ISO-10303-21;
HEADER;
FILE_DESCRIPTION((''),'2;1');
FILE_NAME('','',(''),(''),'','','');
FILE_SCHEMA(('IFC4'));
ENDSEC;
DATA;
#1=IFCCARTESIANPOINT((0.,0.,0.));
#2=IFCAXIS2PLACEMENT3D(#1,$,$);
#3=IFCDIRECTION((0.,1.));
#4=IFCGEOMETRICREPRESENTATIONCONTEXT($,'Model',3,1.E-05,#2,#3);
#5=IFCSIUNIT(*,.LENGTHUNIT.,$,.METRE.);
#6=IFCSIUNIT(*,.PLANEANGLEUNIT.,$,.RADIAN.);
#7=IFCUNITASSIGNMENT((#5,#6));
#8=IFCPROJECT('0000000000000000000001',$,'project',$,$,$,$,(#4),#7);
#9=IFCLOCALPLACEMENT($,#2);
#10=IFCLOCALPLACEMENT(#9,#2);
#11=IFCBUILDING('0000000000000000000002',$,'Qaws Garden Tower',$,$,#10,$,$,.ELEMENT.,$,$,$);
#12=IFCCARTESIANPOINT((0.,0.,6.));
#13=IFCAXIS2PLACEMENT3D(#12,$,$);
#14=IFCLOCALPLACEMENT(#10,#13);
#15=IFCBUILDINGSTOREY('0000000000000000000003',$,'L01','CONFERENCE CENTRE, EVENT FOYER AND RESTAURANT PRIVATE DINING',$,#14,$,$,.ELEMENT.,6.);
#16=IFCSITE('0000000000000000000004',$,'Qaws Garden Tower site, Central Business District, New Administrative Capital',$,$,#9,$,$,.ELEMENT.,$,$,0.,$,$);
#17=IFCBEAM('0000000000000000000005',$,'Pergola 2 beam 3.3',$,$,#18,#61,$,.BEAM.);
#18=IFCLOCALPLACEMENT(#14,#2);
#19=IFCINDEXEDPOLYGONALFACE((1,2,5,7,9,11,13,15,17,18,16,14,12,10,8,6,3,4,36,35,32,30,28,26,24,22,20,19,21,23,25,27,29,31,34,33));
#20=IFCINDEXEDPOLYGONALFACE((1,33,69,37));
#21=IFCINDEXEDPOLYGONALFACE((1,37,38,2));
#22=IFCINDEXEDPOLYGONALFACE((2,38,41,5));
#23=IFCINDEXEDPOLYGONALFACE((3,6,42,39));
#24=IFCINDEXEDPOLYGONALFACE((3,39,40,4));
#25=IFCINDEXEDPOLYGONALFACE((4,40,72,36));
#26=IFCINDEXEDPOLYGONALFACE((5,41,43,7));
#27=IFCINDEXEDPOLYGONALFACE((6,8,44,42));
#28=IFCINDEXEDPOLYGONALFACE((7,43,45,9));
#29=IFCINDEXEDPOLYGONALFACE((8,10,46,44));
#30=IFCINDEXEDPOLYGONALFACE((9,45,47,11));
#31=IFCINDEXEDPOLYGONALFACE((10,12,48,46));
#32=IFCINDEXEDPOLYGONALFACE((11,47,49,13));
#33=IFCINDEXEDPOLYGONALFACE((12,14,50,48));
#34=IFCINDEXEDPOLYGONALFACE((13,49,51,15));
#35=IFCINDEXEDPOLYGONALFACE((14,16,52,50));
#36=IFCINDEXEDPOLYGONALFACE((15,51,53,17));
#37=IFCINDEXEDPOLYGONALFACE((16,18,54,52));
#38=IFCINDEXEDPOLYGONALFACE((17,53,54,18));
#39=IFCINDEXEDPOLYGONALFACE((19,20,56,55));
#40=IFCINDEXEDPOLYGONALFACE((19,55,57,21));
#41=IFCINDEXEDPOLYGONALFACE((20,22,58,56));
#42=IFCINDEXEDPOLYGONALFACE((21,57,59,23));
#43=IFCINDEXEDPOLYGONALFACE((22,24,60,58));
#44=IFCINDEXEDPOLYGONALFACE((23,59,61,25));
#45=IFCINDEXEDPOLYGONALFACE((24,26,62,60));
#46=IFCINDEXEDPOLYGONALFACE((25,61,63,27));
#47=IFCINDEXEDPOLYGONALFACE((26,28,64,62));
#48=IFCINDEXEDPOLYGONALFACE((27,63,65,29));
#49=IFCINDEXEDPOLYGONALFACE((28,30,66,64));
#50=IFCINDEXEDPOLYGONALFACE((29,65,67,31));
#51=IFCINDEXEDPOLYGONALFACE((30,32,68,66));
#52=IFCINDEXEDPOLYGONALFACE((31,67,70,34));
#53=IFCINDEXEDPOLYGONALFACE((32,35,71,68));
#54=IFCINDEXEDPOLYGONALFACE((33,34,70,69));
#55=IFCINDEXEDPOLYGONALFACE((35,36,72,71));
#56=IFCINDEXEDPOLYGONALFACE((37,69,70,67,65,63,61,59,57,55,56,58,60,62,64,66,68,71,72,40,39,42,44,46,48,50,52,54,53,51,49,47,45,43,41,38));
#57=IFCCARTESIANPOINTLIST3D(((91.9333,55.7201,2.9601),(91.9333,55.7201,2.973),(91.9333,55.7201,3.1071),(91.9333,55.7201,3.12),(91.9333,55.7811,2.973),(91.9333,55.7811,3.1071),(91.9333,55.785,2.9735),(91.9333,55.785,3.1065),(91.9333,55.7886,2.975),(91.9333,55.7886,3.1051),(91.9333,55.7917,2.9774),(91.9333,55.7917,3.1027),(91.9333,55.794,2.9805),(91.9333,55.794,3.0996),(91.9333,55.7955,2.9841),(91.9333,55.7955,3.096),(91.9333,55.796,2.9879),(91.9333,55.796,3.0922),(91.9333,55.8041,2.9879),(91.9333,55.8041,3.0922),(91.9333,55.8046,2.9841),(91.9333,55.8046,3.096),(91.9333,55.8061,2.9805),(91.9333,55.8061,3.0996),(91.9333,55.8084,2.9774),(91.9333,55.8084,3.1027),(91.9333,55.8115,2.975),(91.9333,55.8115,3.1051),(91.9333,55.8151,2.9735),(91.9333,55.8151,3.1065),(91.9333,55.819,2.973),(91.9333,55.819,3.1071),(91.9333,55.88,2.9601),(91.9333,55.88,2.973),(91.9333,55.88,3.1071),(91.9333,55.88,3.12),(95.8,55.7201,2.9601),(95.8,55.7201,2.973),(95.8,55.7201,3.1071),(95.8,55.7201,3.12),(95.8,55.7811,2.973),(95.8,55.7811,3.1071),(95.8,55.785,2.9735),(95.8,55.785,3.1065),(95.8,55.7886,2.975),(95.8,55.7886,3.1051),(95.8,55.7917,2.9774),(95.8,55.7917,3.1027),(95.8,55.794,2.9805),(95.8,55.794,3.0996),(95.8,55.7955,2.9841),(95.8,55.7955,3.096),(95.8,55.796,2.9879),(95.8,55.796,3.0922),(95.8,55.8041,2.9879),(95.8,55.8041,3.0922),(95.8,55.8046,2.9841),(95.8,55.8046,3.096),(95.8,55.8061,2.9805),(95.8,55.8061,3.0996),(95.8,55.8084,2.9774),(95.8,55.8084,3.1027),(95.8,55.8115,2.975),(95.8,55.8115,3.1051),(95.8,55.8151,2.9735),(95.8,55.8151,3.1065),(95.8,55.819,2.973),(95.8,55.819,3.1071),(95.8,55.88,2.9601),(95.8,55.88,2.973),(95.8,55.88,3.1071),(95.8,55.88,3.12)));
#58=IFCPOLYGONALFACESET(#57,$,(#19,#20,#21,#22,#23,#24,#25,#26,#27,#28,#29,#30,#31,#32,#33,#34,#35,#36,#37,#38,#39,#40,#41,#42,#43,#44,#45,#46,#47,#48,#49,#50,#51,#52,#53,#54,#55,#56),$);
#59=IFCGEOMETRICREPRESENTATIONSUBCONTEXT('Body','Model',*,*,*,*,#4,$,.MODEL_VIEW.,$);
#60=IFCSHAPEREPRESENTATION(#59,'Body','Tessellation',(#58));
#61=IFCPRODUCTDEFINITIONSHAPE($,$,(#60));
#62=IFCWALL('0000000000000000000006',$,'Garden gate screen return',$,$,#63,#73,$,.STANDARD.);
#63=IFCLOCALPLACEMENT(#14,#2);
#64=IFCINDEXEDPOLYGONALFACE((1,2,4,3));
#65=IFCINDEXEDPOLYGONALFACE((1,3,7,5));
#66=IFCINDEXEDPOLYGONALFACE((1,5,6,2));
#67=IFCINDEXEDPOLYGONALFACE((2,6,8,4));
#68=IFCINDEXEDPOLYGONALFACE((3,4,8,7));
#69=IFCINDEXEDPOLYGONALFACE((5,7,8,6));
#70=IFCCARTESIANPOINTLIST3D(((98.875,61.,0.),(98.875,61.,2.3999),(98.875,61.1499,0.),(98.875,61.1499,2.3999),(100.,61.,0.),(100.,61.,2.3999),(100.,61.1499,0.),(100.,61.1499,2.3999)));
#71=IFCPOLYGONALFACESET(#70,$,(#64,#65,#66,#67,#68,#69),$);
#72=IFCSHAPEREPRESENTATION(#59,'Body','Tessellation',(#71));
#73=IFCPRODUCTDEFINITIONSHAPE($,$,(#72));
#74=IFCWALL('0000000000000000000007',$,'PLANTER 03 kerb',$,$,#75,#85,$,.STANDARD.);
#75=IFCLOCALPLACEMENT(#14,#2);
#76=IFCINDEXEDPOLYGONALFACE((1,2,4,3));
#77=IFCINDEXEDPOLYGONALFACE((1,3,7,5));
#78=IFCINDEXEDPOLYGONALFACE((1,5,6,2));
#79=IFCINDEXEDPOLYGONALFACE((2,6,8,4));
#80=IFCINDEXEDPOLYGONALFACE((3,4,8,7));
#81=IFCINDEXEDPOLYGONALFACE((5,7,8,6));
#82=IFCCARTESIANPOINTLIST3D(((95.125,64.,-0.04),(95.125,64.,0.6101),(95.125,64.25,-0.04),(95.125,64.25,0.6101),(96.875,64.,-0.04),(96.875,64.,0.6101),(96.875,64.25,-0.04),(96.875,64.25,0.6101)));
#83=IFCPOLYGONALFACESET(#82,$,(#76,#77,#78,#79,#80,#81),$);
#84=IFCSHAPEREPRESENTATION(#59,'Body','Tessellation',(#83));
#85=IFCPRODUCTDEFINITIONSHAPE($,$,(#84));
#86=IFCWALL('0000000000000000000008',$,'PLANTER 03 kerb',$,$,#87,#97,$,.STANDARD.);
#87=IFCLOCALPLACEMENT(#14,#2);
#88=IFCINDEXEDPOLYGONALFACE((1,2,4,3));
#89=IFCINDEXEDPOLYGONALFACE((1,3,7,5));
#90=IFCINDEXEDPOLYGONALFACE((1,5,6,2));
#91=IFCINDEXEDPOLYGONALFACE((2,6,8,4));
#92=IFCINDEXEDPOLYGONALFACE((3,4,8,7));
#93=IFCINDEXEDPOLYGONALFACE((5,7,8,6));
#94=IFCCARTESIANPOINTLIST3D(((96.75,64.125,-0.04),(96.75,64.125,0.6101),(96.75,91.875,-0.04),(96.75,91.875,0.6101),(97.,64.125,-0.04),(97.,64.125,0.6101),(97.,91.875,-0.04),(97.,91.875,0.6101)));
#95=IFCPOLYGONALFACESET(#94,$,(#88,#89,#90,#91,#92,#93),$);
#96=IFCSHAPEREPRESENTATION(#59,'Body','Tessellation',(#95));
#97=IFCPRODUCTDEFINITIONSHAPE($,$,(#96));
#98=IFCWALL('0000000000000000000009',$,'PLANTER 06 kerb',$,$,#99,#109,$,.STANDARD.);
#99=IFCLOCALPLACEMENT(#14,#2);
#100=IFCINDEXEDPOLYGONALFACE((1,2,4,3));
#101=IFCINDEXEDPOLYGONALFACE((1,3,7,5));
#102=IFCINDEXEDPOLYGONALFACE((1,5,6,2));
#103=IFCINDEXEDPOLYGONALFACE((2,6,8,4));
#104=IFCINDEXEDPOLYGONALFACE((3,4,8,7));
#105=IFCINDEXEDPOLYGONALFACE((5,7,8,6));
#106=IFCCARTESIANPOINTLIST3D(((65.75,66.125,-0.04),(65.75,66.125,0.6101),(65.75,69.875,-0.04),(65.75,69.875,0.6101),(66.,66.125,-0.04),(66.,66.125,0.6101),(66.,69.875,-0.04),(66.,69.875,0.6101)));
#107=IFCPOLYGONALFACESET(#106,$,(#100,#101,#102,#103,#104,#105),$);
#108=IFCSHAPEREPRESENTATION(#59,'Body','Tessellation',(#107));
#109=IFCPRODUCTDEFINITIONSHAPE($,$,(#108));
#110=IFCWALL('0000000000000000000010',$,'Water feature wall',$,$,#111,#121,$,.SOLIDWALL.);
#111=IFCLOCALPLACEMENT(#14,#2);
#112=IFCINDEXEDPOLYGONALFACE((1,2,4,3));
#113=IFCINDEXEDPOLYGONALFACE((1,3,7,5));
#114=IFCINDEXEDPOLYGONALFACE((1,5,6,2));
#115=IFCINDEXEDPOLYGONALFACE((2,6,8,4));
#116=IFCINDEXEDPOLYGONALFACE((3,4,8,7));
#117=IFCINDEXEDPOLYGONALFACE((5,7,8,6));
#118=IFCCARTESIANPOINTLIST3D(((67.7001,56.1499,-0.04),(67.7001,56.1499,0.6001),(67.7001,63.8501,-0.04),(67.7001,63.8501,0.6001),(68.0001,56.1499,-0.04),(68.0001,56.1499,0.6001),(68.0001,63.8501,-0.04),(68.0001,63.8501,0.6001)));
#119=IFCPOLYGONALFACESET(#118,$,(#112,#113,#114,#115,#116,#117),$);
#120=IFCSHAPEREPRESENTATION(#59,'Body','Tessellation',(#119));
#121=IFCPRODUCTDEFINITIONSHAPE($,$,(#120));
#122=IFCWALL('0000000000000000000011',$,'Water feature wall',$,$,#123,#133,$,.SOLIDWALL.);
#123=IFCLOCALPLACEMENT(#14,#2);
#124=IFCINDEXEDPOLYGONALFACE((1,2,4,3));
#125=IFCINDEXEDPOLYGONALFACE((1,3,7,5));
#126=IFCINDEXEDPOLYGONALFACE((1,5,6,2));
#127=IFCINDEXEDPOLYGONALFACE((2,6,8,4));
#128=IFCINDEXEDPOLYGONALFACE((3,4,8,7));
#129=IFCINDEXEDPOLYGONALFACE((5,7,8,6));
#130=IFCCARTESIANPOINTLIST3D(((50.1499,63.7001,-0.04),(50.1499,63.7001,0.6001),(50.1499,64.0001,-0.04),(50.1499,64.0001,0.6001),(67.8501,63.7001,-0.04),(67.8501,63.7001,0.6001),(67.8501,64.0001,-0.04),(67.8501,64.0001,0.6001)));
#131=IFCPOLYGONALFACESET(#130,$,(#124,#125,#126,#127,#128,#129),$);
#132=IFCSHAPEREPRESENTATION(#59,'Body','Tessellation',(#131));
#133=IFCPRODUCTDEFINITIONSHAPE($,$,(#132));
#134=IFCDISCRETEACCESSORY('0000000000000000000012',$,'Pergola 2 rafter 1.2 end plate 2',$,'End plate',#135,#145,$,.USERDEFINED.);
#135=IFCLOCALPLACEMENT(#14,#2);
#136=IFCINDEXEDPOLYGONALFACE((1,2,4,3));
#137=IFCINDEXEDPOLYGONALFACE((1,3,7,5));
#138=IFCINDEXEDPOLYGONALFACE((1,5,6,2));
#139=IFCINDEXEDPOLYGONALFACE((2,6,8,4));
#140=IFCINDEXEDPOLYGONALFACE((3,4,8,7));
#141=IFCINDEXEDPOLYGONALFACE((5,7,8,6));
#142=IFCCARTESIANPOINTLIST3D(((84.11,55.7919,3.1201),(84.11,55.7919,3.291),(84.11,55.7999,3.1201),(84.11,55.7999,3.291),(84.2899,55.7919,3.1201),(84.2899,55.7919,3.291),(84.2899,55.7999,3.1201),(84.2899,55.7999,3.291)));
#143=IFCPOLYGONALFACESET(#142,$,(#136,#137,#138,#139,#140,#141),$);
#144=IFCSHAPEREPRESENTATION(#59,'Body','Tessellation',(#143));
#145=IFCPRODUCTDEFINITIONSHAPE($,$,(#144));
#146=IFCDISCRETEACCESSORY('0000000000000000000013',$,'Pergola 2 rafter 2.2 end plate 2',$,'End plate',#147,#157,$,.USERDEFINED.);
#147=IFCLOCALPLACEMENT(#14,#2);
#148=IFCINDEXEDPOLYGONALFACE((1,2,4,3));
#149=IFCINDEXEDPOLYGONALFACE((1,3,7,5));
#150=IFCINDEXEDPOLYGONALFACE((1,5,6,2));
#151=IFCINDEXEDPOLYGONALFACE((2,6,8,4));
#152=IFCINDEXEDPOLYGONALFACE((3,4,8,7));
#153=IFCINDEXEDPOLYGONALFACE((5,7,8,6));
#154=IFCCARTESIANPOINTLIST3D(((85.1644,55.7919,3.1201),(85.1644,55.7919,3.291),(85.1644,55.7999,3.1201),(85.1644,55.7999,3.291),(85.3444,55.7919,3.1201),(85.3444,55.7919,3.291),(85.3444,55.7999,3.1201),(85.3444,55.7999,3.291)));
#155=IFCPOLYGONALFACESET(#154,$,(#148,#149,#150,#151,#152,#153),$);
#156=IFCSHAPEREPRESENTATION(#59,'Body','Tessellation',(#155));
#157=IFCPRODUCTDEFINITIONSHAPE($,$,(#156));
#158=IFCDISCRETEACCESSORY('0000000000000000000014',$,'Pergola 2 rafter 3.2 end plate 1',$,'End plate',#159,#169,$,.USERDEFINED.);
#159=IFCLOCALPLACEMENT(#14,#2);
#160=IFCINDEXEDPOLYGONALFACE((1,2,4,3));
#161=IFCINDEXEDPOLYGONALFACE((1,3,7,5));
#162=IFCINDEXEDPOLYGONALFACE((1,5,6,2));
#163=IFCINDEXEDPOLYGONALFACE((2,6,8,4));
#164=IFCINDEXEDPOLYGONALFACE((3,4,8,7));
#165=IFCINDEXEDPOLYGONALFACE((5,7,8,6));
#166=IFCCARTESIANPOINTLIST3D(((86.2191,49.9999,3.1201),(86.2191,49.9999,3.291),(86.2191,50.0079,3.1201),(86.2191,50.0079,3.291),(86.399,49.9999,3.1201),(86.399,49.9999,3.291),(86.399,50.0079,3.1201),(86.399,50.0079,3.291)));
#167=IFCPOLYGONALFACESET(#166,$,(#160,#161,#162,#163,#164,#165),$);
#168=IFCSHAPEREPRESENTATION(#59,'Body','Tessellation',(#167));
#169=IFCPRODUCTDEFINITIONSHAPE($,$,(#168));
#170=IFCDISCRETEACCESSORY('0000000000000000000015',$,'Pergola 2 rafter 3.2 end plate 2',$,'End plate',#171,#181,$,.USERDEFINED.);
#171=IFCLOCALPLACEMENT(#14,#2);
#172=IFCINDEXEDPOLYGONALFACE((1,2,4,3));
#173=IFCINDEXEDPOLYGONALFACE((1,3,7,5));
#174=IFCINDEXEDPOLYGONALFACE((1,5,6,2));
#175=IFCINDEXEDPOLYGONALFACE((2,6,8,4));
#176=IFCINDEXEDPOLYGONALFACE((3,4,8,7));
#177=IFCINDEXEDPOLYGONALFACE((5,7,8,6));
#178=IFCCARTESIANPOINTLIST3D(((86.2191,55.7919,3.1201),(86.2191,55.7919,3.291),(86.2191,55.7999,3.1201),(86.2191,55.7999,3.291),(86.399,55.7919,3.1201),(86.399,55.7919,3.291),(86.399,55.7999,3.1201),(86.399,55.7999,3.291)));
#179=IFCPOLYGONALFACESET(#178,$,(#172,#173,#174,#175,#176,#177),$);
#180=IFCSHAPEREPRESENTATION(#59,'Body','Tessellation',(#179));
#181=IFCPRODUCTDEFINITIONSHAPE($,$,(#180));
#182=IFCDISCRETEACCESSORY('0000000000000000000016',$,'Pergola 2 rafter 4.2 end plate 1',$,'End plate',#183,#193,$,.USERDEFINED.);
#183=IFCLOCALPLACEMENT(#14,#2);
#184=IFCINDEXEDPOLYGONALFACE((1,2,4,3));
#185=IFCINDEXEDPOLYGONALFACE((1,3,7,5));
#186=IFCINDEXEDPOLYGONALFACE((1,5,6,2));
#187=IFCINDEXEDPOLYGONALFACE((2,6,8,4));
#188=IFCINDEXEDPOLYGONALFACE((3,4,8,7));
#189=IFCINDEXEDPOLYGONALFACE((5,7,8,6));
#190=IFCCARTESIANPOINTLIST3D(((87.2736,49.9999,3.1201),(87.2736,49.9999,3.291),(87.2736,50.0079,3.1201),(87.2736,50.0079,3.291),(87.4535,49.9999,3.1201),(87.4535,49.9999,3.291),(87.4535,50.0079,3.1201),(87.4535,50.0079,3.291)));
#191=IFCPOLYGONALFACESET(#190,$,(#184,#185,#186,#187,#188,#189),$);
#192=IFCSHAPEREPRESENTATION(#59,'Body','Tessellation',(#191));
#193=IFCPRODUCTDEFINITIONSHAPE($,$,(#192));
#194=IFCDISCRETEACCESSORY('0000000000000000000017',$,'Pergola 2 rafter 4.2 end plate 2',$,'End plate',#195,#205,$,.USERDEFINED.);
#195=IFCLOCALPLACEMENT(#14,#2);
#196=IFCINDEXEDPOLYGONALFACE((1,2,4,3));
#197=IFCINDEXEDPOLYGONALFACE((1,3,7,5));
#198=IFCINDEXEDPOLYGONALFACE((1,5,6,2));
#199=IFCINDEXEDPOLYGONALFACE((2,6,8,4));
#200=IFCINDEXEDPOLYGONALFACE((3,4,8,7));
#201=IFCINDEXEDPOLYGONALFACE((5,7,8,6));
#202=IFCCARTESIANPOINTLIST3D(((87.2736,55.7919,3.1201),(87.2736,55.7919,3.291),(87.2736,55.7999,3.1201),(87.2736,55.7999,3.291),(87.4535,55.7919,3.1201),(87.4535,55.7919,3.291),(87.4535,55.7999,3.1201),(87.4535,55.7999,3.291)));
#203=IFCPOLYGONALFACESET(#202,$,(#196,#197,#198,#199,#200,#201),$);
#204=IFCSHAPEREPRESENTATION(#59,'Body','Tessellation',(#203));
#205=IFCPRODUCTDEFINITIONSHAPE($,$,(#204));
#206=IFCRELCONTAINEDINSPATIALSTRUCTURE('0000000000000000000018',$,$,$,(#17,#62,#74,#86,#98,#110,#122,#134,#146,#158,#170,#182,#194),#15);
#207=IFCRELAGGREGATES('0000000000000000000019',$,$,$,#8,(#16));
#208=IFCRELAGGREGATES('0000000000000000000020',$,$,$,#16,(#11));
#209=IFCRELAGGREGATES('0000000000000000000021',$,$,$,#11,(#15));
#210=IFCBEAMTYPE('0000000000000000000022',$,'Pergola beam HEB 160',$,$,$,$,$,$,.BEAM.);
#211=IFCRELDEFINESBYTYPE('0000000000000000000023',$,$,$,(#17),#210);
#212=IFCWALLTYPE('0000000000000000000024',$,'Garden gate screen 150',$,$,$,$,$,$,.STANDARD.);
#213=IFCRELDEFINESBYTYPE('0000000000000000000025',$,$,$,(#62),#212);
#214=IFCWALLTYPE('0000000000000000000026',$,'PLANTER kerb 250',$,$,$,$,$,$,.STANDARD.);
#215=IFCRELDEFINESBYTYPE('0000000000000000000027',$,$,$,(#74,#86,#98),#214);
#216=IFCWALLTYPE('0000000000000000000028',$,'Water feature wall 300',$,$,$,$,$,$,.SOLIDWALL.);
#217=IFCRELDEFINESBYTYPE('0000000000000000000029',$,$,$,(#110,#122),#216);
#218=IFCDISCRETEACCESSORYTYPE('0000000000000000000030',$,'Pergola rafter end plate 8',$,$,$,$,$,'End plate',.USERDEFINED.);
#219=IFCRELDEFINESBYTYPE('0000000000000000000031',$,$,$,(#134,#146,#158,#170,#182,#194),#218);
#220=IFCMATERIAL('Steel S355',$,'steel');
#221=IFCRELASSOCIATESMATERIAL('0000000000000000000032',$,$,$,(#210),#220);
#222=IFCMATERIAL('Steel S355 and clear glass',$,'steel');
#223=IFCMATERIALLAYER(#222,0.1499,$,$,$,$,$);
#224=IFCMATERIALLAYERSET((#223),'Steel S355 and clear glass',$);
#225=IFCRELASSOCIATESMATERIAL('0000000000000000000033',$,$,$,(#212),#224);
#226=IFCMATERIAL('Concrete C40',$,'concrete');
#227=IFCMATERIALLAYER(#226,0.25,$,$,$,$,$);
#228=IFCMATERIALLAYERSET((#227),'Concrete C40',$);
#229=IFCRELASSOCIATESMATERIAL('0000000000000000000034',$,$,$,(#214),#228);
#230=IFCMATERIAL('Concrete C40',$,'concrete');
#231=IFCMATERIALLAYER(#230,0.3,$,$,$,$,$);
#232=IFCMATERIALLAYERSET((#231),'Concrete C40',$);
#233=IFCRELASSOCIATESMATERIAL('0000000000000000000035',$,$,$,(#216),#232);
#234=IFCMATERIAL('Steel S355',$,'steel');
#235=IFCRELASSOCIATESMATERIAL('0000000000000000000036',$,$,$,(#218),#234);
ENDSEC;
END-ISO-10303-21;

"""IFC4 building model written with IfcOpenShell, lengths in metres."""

from ifc_helpers import new_model, si_unit, direction, frame, frame_2d, origin, origin_2d, place, context, subcontext, project, spatial, rectangle, i_section, extrude, material, layer, layer_set, material_profile, profile_set, type_object, element, save


model = new_model("IFC4")

# Units and contexts
model_context = context("Model", 3, precision=1e-05, world=origin(), true_north=direction((0.0, 1.0)))
body_context = subcontext(model_context, "Body", "Model", "MODEL_VIEW")
ifc_project = project(units=[si_unit("LENGTHUNIT", "METRE"), si_unit("PLANEANGLEUNIT", "RADIAN")], contexts=[model_context])

# Site, building, storey
site_placement = place(None, origin())
site = spatial("IfcSite", under=ifc_project, at=site_placement, Name="Qaws Garden Tower site, Central Business District, New Administrative Capital", CompositionType="ELEMENT", RefElevation=0.0)
building_placement = place(site_placement, origin())
building = spatial("IfcBuilding", under=site, at=building_placement, Name="Qaws Garden Tower", CompositionType="ELEMENT")
storey_placement = place(building_placement, frame((0.0, 0.0, 6.0)))
storey = spatial("IfcBuildingStorey", under=building, at=storey_placement, Name="L01", Description="CONFERENCE CENTRE, EVENT FOYER AND RESTAURANT PRIVATE DINING", CompositionType="ELEMENT", Elevation=6.0)

# Beam
ifc_material_1 = material(Name="Steel S355", Category="steel")
ifc_material_profile_1 = material_profile(ifc_material_1, i_section(OverallWidth=0.1599, OverallDepth=0.1599, WebThickness=0.0081, FlangeThickness=0.0129, FilletRadius=0.0149, at=origin_2d()), Name="HEB 160")
ifc_profile_set_1 = profile_set([ifc_material_profile_1], Name="Steel S355")
beam_type_1 = type_object("IfcBeamType", Name="Pergola beam HEB 160", PredefinedType="BEAM", material=ifc_profile_set_1)
for number, where, z_axis, x_axis, name in (
    (1, (91.9333, 55.8, 3.04), (1.0, 0.0, 0.0), (0.0, 1.0, 0.0), "Pergola 2 beam 3.3"),
):
    element("IfcBeam", number, at=place(storey_placement, frame(where, z_axis=z_axis, x_axis=x_axis)), inside=storey, type_object=beam_type_1, Name=name, PredefinedType="BEAM", context=body_context, shape_type="SweptSolid", body=[
        extrude(i_section(OverallWidth=0.1599, OverallDepth=0.1599, WebThickness=0.0081, FlangeThickness=0.0129, FilletRadius=0.0149, at=origin_2d()), origin(), (0.0, 0.0, 1.0), 3.8667),
    ])

# Walls
ifc_material_2 = material(Name="Steel S355 and clear glass", Category="steel")
ifc_layer_1 = layer(ifc_material_2, 0.1499)
ifc_layer_set_1 = layer_set([ifc_layer_1], Name="Steel S355 and clear glass")
wall_type_1 = type_object("IfcWallType", Name="Garden gate screen 150", PredefinedType="STANDARD", material=ifc_layer_set_1)
wall_1_placement = place(storey_placement, frame((98.875, 61.075, 0.0), z_axis=(0.0, 0.0, 1.0), x_axis=(1.0, 0.0, 0.0)))
element("IfcWall", 2, at=wall_1_placement, inside=storey, type_object=wall_type_1, Name="Garden gate screen return", PredefinedType="STANDARD", context=body_context, shape_type="SweptSolid", body=[
    extrude(rectangle(XDim=1.125, YDim=0.1499, at=frame_2d((0.5625, 0.0))), origin(), (0.0, 0.0, 1.0), 2.3999),
])
ifc_material_3 = material(Name="Concrete C40", Category="concrete")
ifc_layer_2 = layer(ifc_material_3, 0.25)
ifc_layer_set_2 = layer_set([ifc_layer_2], Name="Concrete C40")
wall_type_2 = type_object("IfcWallType", Name="PLANTER kerb 250", PredefinedType="STANDARD", material=ifc_layer_set_2)
wall_2_placement = place(storey_placement, frame((95.125, 64.125, -0.04), z_axis=(0.0, 0.0, 1.0), x_axis=(1.0, 0.0, 0.0)))
element("IfcWall", 3, at=wall_2_placement, inside=storey, type_object=wall_type_2, Name="PLANTER 03 kerb", PredefinedType="STANDARD", context=body_context, shape_type="SweptSolid", body=[
    extrude(rectangle(XDim=1.75, YDim=0.25, at=frame_2d((0.875, 0.0))), origin(), (0.0, 0.0, 1.0), 0.6501),
])
wall_3_placement = place(storey_placement, frame((96.875, 64.125, -0.04), z_axis=(0.0, 0.0, 1.0), x_axis=(0.0, 1.0, 0.0)))
element("IfcWall", 4, at=wall_3_placement, inside=storey, type_object=wall_type_2, Name="PLANTER 03 kerb", PredefinedType="STANDARD", context=body_context, shape_type="SweptSolid", body=[
    extrude(rectangle(XDim=27.75, YDim=0.25, at=frame_2d((13.875, 0.0))), origin(), (0.0, 0.0, 1.0), 0.6501),
])
wall_4_placement = place(storey_placement, frame((65.875, 66.125, -0.04), z_axis=(0.0, 0.0, 1.0), x_axis=(0.0, 1.0, 0.0)))
element("IfcWall", 5, at=wall_4_placement, inside=storey, type_object=wall_type_2, Name="PLANTER 06 kerb", PredefinedType="STANDARD", context=body_context, shape_type="SweptSolid", body=[
    extrude(rectangle(XDim=3.75, YDim=0.25, at=frame_2d((1.875, 0.0))), origin(), (0.0, 0.0, 1.0), 0.6501),
])
ifc_material_4 = material(Name="Concrete C40", Category="concrete")
ifc_layer_3 = layer(ifc_material_4, 0.3)
ifc_layer_set_3 = layer_set([ifc_layer_3], Name="Concrete C40")
wall_type_3 = type_object("IfcWallType", Name="Water feature wall 300", PredefinedType="SOLIDWALL", material=ifc_layer_set_3)
wall_5_placement = place(storey_placement, frame((67.8501, 56.1499, -0.04), z_axis=(0.0, 0.0, 1.0), x_axis=(0.0, 1.0, 0.0)))
element("IfcWall", 6, at=wall_5_placement, inside=storey, type_object=wall_type_3, Name="Water feature wall", PredefinedType="SOLIDWALL", context=body_context, shape_type="SweptSolid", body=[
    extrude(rectangle(XDim=7.7002, YDim=0.3, at=frame_2d((3.8501, 0.0))), origin(), (0.0, 0.0, 1.0), 0.6401),
])
wall_6_placement = place(storey_placement, frame((67.8501, 63.8501, -0.04), z_axis=(0.0, 0.0, 1.0), x_axis=(-1.0, 0.0, 0.0)))
element("IfcWall", 7, at=wall_6_placement, inside=storey, type_object=wall_type_3, Name="Water feature wall", PredefinedType="SOLIDWALL", context=body_context, shape_type="SweptSolid", body=[
    extrude(rectangle(XDim=17.7002, YDim=0.3, at=frame_2d((8.8501, 0.0))), origin(), (0.0, 0.0, 1.0), 0.6401),
])

# Discrete accessories
ifc_material_5 = material(Name="Steel S355", Category="steel")
discrete_accessory_type = type_object("IfcDiscreteAccessoryType", Name="Pergola rafter end plate 8", ElementType="End plate", PredefinedType="USERDEFINED", material=ifc_material_5)
for number, where, z_axis, x_axis, name in (
    (8, (84.2, 55.7959, 3.1201), (0.0, 0.0, 1.0), (1.0, 0.0, 0.0), "Pergola 2 rafter 1.2 end plate 2"),
    (9, (85.2544, 55.7959, 3.1201), (0.0, 0.0, 1.0), (1.0, 0.0, 0.0), "Pergola 2 rafter 2.2 end plate 2"),
    (10, (86.3091, 50.0039, 3.1201), (0.0, 0.0, 1.0), (1.0, 0.0, 0.0), "Pergola 2 rafter 3.2 end plate 1"),
    (11, (86.3091, 55.7959, 3.1201), (0.0, 0.0, 1.0), (1.0, 0.0, 0.0), "Pergola 2 rafter 3.2 end plate 2"),
    (12, (87.3635, 50.0039, 3.1201), (0.0, 0.0, 1.0), (1.0, 0.0, 0.0), "Pergola 2 rafter 4.2 end plate 1"),
    (13, (87.3635, 55.7959, 3.1201), (0.0, 0.0, 1.0), (1.0, 0.0, 0.0), "Pergola 2 rafter 4.2 end plate 2"),
):
    element("IfcDiscreteAccessory", number, at=place(storey_placement, frame(where, z_axis=z_axis, x_axis=x_axis)), inside=storey, type_object=discrete_accessory_type, Name=name, ObjectType="End plate", PredefinedType="USERDEFINED", context=body_context, shape_type="SweptSolid", body=[
        extrude(rectangle(XDim=0.1799, YDim=0.0081, at=origin_2d()), origin(), (0.0, 0.0, 1.0), 0.1709),
    ])

save(model, "model.ifc")
